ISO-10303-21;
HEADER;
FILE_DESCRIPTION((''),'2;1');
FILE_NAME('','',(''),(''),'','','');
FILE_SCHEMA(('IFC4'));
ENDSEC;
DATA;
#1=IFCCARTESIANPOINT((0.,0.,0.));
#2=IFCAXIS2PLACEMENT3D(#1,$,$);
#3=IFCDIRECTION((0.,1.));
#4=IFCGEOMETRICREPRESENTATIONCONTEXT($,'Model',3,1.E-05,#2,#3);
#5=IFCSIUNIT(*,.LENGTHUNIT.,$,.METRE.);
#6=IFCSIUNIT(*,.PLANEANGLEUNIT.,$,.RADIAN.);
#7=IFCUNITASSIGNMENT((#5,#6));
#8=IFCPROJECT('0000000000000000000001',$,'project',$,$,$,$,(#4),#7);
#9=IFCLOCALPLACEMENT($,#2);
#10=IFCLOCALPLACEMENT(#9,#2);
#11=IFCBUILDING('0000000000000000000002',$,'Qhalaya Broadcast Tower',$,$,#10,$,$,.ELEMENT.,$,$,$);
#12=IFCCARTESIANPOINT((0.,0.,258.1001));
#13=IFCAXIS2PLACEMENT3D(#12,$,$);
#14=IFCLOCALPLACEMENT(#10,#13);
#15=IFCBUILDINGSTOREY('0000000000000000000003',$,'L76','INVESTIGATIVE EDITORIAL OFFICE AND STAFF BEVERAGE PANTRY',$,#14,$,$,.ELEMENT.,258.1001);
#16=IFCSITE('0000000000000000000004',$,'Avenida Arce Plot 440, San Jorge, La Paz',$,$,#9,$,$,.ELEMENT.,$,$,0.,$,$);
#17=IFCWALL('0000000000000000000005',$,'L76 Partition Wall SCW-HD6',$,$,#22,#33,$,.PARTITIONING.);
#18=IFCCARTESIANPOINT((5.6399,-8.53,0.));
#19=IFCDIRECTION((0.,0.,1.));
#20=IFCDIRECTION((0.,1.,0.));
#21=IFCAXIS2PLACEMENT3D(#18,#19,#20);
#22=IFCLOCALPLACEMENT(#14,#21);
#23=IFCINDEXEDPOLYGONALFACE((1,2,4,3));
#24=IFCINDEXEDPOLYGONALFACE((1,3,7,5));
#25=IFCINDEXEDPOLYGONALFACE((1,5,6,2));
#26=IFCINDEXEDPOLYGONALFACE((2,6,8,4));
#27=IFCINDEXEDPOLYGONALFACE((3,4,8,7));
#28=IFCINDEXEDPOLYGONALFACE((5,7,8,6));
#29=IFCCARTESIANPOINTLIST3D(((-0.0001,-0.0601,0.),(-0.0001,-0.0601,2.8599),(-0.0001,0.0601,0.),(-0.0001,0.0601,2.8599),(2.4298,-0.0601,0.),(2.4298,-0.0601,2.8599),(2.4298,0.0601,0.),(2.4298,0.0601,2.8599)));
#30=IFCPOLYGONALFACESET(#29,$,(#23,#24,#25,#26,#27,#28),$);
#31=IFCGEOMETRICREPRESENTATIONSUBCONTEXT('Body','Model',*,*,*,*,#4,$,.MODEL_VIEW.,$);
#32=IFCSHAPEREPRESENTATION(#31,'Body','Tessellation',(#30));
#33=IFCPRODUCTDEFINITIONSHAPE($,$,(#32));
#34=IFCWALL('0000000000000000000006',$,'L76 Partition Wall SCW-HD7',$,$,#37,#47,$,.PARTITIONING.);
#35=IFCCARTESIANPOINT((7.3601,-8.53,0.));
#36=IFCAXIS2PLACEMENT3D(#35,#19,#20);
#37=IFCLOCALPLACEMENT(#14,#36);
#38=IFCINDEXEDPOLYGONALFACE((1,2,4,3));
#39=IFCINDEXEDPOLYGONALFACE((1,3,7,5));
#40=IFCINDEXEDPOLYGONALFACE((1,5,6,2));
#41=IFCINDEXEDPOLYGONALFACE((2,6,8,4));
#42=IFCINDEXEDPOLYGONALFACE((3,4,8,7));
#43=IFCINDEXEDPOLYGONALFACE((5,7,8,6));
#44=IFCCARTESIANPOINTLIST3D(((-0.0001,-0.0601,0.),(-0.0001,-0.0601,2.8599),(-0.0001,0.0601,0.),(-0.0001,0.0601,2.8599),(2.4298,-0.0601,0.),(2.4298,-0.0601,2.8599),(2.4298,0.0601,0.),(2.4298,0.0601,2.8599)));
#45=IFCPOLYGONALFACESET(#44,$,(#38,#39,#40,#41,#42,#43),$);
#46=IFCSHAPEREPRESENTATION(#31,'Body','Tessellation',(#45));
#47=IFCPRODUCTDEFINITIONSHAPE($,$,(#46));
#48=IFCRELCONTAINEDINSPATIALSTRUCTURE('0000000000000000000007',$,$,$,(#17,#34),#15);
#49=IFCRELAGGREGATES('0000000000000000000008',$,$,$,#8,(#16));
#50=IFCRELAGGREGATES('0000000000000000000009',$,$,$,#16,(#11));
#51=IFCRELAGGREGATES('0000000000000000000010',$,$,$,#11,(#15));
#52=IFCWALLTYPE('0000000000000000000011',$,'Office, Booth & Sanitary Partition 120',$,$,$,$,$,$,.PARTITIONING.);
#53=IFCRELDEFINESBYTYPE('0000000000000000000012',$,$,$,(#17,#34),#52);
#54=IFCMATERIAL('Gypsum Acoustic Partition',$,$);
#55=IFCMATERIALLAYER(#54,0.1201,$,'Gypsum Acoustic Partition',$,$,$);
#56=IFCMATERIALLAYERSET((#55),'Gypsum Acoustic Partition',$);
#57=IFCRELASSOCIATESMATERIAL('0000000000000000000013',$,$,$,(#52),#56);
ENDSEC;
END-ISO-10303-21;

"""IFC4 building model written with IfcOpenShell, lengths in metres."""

from ifc_helpers import new_model, si_unit, direction, frame, frame_2d, origin, place, context, subcontext, project, spatial, rectangle, extrude, material, layer, layer_set, type_object, element, save


model = new_model("IFC4")

# Units and contexts
model_context = context("Model", 3, precision=1e-05, world=origin(), true_north=direction((0.0, 1.0)))
body_context = subcontext(model_context, "Body", "Model", "MODEL_VIEW")
ifc_project = project(units=[si_unit("LENGTHUNIT", "METRE"), si_unit("PLANEANGLEUNIT", "RADIAN")], contexts=[model_context])

# Site, building, storey
site_placement = place(None, origin())
site = spatial("IfcSite", under=ifc_project, at=site_placement, Name="Avenida Arce Plot 440, San Jorge, La Paz", CompositionType="ELEMENT", RefElevation=0.0)
building_placement = place(site_placement, origin())
building = spatial("IfcBuilding", under=site, at=building_placement, Name="Qhalaya Broadcast Tower", CompositionType="ELEMENT")
storey_placement = place(building_placement, frame((0.0, 0.0, 258.1001)))
storey = spatial("IfcBuildingStorey", under=building, at=storey_placement, Name="L76", Description="INVESTIGATIVE EDITORIAL OFFICE AND STAFF BEVERAGE PANTRY", CompositionType="ELEMENT", Elevation=258.1001)

# Shared definitions
ifc_material_1 = material(Name="Gypsum Acoustic Partition")

# Walls
ifc_layer_1 = layer(ifc_material_1, 0.1201, Name="Gypsum Acoustic Partition")
ifc_layer_set_1 = layer_set([ifc_layer_1], Name="Gypsum Acoustic Partition")
wall_type_1 = type_object("IfcWallType", Name="Office, Booth & Sanitary Partition 120", PredefinedType="PARTITIONING", material=ifc_layer_set_1)
for number, where, z_axis, x_axis, name in (
    (1, (5.6399, -8.53, 0.0), (0.0, 0.0, 1.0), (0.0, 1.0, 0.0), "L76 Partition Wall SCW-HD6"),
    (2, (7.3601, -8.53, 0.0), (0.0, 0.0, 1.0), (0.0, 1.0, 0.0), "L76 Partition Wall SCW-HD7"),
):
    element("IfcWall", number, at=place(storey_placement, frame(where, z_axis=z_axis, x_axis=x_axis)), inside=storey, type_object=wall_type_1, Name=name, PredefinedType="PARTITIONING", context=body_context, shape_type="SweptSolid", body=[
        extrude(rectangle(XDim=2.4299, YDim=0.1201, at=frame_2d((1.2148, 0.0))), origin(), (0.0, 0.0, 1.0), 2.8599),
    ])

save(model, "model.ifc")
